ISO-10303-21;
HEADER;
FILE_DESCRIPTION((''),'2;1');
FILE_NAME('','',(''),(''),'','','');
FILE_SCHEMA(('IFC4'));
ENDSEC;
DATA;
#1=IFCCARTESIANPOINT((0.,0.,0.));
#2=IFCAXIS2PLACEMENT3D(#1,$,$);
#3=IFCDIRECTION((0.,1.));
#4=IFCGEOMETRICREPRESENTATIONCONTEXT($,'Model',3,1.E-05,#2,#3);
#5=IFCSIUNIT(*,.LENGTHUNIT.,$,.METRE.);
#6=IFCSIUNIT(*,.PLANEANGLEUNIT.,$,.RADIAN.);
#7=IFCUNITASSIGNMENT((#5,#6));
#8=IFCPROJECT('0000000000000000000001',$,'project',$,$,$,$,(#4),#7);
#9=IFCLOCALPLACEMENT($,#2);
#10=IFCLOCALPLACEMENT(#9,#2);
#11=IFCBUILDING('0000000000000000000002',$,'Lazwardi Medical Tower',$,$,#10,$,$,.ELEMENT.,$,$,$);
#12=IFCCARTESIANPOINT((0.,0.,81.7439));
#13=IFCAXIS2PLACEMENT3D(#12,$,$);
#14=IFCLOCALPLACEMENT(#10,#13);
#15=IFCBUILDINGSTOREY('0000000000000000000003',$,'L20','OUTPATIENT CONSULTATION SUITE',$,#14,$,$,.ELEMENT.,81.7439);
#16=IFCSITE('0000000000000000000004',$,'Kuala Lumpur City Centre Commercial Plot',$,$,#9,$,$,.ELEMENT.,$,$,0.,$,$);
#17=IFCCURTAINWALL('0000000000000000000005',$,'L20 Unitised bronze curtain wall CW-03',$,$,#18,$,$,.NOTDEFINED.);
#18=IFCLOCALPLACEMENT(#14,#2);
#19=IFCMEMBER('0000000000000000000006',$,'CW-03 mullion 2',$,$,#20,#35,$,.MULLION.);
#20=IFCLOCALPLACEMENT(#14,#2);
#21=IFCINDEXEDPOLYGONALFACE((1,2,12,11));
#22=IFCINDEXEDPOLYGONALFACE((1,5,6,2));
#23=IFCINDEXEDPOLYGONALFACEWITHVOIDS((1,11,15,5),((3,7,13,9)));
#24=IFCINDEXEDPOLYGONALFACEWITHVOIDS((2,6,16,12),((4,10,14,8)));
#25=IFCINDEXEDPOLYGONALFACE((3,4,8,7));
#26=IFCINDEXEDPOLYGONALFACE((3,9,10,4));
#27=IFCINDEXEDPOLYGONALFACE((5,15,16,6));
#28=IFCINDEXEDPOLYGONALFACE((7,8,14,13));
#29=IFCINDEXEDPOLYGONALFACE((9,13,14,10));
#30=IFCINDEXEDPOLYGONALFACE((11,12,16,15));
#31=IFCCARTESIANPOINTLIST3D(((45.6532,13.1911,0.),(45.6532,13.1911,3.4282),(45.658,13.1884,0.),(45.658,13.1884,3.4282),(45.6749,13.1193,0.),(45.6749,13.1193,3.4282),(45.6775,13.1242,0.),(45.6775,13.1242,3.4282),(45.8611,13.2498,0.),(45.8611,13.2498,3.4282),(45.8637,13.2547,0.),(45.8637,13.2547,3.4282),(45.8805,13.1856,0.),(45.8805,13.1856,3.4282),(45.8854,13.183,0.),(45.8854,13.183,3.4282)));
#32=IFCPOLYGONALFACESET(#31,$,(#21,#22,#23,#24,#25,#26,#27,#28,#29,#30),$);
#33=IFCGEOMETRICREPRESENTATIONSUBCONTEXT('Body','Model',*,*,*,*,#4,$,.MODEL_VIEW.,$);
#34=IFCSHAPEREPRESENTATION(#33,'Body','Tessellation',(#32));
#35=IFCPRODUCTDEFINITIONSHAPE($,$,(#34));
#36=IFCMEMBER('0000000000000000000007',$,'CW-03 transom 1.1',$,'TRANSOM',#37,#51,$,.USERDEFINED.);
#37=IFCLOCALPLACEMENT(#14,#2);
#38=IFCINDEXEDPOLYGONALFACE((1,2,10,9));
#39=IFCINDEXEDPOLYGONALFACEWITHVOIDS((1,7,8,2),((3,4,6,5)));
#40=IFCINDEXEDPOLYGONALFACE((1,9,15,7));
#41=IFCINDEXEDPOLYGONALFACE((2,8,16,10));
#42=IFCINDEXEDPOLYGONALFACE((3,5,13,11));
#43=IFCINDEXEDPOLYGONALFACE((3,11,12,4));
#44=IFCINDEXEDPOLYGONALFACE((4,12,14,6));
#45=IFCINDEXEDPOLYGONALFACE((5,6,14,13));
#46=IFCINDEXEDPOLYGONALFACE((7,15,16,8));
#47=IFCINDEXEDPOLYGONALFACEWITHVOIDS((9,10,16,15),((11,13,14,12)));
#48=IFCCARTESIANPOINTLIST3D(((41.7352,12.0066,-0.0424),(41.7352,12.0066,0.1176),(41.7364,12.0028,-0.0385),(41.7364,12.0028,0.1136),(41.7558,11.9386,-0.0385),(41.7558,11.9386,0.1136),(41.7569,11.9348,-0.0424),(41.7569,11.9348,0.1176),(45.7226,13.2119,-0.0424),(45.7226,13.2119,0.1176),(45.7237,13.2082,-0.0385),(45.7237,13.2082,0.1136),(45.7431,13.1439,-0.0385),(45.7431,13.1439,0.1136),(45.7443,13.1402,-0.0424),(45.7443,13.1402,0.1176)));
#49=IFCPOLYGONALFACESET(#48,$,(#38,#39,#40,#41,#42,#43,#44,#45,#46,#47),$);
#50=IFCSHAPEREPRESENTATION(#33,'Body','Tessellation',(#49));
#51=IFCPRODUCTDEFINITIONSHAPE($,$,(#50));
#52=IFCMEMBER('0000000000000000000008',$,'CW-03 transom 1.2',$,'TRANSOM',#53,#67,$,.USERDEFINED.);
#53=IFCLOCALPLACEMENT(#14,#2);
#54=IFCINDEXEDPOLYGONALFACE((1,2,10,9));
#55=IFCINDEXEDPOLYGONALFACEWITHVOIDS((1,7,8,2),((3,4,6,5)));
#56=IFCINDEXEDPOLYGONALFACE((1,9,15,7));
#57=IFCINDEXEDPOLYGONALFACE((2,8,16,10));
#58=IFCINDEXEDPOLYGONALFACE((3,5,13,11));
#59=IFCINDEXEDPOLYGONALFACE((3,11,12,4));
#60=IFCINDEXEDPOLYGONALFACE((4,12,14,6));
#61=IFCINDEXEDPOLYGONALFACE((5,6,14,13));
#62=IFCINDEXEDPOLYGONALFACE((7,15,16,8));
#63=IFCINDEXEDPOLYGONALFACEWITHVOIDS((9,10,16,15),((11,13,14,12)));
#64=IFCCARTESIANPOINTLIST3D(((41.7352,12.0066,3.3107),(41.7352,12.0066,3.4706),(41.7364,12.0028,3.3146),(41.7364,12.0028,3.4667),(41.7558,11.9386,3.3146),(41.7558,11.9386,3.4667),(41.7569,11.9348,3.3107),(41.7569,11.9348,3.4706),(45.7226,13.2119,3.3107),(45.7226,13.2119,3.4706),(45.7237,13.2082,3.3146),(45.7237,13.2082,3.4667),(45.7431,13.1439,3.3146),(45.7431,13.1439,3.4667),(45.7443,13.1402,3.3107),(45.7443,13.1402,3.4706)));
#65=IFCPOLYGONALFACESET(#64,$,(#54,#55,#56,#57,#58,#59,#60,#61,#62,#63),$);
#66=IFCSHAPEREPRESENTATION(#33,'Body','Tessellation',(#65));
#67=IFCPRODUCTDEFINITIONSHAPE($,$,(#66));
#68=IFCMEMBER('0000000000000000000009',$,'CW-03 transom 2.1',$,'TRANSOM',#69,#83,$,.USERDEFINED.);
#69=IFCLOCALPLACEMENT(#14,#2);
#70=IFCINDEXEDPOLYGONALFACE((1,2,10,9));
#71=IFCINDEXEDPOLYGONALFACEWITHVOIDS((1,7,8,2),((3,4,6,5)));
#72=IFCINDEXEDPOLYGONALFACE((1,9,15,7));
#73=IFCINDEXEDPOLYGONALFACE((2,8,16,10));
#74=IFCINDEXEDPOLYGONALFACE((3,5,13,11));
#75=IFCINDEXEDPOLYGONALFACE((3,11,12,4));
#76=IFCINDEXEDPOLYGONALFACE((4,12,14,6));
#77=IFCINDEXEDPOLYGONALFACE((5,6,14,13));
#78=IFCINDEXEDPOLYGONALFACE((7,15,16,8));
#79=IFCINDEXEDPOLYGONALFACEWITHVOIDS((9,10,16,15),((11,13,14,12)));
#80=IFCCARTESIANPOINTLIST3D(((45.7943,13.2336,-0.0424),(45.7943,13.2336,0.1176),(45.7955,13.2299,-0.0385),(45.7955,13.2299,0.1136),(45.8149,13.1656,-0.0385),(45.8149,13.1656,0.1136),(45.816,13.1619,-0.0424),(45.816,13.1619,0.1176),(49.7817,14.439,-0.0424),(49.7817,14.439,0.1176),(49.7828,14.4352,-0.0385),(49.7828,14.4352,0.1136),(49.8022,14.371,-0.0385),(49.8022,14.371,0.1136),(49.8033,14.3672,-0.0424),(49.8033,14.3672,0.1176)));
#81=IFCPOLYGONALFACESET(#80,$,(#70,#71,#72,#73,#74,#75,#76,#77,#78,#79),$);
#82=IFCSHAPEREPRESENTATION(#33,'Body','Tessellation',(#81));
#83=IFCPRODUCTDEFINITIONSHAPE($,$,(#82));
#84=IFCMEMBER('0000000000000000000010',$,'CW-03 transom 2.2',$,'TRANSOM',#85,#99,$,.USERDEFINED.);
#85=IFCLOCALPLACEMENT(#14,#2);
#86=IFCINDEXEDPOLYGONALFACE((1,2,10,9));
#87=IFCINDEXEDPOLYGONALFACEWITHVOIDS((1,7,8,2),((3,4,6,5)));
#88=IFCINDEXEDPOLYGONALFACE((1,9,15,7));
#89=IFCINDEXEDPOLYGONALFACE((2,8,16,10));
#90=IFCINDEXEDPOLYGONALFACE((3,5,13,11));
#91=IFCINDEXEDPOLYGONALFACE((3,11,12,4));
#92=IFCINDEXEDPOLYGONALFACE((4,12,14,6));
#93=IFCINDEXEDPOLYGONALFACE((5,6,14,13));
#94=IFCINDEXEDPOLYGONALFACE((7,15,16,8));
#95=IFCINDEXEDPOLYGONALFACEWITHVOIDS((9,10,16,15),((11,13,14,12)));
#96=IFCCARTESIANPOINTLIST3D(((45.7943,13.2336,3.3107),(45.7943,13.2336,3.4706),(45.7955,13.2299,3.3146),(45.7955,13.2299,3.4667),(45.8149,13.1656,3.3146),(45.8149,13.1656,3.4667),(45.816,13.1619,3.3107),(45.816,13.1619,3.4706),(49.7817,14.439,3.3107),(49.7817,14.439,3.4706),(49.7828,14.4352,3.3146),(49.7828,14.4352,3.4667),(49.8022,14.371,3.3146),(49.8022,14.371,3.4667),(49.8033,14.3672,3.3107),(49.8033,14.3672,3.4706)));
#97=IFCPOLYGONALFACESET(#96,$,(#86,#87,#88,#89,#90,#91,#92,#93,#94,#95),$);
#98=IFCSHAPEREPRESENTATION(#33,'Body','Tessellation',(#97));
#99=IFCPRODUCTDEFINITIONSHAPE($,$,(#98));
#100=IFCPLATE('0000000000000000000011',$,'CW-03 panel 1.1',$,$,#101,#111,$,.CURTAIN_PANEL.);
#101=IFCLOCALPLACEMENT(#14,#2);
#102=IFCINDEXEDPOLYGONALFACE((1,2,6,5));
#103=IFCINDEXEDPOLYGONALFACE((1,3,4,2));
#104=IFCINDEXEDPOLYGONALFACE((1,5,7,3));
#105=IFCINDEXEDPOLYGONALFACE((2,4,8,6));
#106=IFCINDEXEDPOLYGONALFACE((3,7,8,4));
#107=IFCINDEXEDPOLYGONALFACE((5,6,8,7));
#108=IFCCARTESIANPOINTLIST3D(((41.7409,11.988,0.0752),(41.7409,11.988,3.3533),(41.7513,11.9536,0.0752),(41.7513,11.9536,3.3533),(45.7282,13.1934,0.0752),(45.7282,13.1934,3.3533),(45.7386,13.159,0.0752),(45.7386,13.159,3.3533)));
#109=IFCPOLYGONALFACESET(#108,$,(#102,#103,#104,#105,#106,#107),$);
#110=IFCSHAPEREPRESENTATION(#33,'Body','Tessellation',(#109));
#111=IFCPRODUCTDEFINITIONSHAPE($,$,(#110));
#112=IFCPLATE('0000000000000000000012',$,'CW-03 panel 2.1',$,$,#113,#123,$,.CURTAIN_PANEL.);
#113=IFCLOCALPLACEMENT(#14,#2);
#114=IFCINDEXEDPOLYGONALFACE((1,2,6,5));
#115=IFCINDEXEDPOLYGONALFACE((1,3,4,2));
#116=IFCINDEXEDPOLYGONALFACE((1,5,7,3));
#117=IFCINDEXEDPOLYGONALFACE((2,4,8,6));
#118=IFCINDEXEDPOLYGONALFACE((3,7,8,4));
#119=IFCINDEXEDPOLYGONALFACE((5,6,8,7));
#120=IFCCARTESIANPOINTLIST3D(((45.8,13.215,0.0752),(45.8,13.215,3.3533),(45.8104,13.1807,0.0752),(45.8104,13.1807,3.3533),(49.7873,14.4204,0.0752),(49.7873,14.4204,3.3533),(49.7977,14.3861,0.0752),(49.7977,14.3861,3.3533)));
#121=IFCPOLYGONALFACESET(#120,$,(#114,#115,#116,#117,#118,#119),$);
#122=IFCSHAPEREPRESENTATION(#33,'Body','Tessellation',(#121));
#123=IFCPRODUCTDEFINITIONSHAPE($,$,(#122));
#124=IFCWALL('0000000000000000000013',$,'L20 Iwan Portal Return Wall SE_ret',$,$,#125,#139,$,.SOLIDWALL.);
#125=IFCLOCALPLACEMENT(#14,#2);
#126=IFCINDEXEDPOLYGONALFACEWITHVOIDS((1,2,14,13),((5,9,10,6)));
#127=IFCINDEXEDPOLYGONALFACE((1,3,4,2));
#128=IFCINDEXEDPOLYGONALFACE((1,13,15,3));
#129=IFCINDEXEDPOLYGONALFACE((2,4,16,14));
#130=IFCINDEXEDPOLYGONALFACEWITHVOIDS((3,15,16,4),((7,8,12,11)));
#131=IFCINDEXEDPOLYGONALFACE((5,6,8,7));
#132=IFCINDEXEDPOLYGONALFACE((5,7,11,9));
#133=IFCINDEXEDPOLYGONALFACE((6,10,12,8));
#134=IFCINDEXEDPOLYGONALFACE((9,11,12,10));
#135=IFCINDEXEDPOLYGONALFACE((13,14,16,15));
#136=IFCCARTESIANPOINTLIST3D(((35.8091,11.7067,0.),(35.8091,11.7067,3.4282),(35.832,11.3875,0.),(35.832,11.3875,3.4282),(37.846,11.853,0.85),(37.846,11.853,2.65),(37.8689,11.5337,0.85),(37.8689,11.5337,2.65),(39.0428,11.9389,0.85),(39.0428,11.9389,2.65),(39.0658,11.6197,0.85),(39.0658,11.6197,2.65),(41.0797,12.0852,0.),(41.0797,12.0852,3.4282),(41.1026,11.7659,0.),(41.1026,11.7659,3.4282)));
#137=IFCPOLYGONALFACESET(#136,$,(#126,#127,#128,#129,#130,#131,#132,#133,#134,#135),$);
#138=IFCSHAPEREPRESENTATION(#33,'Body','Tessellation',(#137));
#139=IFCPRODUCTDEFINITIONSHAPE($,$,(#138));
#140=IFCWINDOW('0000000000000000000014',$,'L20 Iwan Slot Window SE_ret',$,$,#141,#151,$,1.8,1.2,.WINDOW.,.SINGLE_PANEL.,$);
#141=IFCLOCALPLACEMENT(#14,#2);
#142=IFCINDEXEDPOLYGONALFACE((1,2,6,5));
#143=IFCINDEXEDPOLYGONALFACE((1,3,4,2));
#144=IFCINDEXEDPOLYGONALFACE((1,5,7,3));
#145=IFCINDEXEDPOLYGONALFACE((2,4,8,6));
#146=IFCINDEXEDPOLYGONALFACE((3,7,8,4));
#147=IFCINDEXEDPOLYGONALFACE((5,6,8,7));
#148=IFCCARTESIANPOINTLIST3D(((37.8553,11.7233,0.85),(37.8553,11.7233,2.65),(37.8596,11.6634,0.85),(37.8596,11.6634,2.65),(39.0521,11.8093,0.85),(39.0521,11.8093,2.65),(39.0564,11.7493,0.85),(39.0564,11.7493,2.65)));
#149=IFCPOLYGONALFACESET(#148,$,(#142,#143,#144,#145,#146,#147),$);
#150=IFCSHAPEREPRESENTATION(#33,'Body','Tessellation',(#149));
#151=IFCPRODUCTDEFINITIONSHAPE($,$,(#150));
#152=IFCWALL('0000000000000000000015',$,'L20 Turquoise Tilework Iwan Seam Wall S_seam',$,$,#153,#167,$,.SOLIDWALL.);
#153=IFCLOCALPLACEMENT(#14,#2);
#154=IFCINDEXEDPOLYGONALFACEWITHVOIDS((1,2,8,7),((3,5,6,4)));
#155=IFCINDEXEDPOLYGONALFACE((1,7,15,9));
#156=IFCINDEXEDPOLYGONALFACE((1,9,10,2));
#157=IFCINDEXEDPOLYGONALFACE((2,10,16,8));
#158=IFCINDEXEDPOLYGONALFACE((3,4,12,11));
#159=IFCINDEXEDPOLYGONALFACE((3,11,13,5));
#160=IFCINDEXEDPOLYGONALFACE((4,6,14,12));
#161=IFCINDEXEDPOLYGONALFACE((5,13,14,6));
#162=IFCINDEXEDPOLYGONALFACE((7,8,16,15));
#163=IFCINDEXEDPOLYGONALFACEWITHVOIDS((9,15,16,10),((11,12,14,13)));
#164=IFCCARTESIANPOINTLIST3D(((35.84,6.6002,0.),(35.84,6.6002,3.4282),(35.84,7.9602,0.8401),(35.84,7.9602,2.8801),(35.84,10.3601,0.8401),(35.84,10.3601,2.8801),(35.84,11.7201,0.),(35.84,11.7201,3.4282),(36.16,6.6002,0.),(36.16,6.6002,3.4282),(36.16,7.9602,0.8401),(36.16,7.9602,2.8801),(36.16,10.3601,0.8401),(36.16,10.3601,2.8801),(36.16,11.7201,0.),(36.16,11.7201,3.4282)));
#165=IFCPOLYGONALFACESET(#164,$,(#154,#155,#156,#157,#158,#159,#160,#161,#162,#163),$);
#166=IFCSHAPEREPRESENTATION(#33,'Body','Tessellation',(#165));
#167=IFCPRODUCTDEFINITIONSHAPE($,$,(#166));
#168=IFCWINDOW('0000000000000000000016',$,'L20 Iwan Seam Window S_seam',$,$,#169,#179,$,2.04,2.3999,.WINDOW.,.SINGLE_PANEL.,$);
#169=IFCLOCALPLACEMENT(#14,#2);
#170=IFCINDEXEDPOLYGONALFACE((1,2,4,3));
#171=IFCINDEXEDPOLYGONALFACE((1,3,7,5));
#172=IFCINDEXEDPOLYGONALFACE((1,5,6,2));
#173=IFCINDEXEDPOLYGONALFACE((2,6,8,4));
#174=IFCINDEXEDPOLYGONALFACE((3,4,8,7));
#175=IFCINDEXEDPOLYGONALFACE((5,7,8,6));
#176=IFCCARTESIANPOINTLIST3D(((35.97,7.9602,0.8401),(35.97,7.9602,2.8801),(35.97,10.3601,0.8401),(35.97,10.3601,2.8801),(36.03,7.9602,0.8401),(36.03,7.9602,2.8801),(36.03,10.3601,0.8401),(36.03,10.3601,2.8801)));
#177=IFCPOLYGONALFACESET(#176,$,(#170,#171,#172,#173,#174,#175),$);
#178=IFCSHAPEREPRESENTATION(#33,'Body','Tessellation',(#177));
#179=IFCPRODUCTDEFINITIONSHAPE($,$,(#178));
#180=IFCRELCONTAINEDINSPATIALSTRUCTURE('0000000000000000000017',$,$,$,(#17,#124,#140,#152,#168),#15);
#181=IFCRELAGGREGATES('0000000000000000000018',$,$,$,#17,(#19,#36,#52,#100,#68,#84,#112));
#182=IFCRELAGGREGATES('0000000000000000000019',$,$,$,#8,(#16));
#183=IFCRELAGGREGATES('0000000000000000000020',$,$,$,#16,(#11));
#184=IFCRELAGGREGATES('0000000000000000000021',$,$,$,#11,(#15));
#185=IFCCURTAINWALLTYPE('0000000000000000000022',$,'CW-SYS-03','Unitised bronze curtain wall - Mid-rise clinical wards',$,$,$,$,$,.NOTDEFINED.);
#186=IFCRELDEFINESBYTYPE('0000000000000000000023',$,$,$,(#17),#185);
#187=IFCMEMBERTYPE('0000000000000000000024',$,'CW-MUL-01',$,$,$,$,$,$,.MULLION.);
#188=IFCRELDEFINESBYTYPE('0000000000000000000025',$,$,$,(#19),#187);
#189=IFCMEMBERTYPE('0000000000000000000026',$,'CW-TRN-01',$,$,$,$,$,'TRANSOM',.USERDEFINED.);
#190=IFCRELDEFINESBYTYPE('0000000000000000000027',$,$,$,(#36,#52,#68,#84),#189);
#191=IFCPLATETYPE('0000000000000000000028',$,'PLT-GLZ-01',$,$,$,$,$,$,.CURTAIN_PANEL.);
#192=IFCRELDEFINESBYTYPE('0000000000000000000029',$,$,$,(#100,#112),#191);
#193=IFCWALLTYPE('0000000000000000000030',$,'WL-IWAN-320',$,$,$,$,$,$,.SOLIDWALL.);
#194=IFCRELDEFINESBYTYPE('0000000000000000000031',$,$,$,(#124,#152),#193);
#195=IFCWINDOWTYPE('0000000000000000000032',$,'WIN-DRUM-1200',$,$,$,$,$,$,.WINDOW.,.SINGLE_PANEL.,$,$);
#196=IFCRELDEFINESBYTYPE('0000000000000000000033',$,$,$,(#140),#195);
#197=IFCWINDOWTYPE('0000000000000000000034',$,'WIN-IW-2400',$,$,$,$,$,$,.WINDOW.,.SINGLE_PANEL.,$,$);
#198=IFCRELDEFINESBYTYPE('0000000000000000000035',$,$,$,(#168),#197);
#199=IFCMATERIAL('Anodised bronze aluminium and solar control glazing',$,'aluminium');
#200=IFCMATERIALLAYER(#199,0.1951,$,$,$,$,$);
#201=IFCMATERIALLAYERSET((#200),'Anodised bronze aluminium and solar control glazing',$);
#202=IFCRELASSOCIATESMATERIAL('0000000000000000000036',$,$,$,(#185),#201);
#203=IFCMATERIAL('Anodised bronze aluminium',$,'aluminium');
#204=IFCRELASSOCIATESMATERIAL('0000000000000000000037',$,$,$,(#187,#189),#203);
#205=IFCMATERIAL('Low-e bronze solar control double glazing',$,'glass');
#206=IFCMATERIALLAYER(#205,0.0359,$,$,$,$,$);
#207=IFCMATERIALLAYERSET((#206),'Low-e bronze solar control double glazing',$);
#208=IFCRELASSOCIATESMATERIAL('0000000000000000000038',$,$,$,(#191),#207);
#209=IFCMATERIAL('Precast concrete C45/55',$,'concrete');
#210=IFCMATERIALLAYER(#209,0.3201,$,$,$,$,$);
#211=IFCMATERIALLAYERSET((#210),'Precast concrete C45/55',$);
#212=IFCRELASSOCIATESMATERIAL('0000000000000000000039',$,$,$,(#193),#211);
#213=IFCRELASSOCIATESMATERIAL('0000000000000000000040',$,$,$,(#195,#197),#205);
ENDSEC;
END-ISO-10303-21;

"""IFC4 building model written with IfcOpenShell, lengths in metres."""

from ifc_helpers import new_model, si_unit, direction, frame, frame_2d, origin, origin_2d, place, context, subcontext, project, spatial, rectangle, hollow_rectangle, extrude, material, layer, layer_set, material_profile, profile_set, type_object, element, fill, aggregate, save


model = new_model("IFC4")

# Units and contexts
model_context = context("Model", 3, precision=1e-05, world=origin(), true_north=direction((0.0, 1.0)))
body_context = subcontext(model_context, "Body", "Model", "MODEL_VIEW")
ifc_project = project(units=[si_unit("LENGTHUNIT", "METRE"), si_unit("PLANEANGLEUNIT", "RADIAN")], contexts=[model_context])

# Site, building, storey
site_placement = place(None, origin())
site = spatial("IfcSite", under=ifc_project, at=site_placement, Name="Kuala Lumpur City Centre Commercial Plot", CompositionType="ELEMENT", RefElevation=0.0)
building_placement = place(site_placement, origin())
building = spatial("IfcBuilding", under=site, at=building_placement, Name="Lazwardi Medical Tower", CompositionType="ELEMENT")
storey_placement = place(building_placement, frame((0.0, 0.0, 81.7439)))
storey = spatial("IfcBuildingStorey", under=building, at=storey_placement, Name="L20", Description="OUTPATIENT CONSULTATION SUITE", CompositionType="ELEMENT", Elevation=81.7439)

# Curtain wall, members, plates
ifc_material_1 = material(Name="Anodised bronze aluminium and solar control glazing", Category="aluminium")
ifc_layer_1 = layer(ifc_material_1, 0.1951)
ifc_layer_set_1 = layer_set([ifc_layer_1], Name="Anodised bronze aluminium and solar control glazing")
curtain_wall_type = type_object("IfcCurtainWallType", Name="CW-SYS-03", Description="Unitised bronze curtain wall - Mid-rise clinical wards", PredefinedType="NOTDEFINED", material=ifc_layer_set_1)
curtain_wall_placement = place(storey_placement, origin())
curtain_wall = element("IfcCurtainWall", 1, at=curtain_wall_placement, inside=storey, type_object=curtain_wall_type, Name="L20 Unitised bronze curtain wall CW-03", PredefinedType="NOTDEFINED")
ifc_material_2 = material(Name="Anodised bronze aluminium", Category="aluminium")
ifc_material_profile_1 = material_profile(ifc_material_2, hollow_rectangle(XDim=0.075, YDim=0.22, WallThickness=0.0039, at=origin_2d()), Name="ALU-MULLION 220x75x4")
ifc_profile_set_1 = profile_set([ifc_material_profile_1], Name="Anodised bronze aluminium")
member_type_1 = type_object("IfcMemberType", Name="CW-MUL-01", PredefinedType="MULLION", material=ifc_profile_set_1)
member_1_placement = place(storey_placement, frame((45.7693, 13.187, 0.0), z_axis=(0.0, 0.0, 1.0), x_axis=(-0.289374, 0.957216, 0.0)))
member_1 = element("IfcMember", 2, at=member_1_placement, type_object=member_type_1, Name="CW-03 mullion 2", PredefinedType="MULLION", context=body_context, shape_type="SweptSolid", body=[
    extrude(hollow_rectangle(XDim=0.075, YDim=0.22, WallThickness=0.0039, at=origin_2d()), origin(), (0.0, 0.0, 1.0), 3.4282),
])
ifc_material_profile_2 = material_profile(ifc_material_2, hollow_rectangle(XDim=0.075, YDim=0.1599, WallThickness=0.0039, at=origin_2d()), Name="ALU-TRANSOM 160x75x4")
ifc_profile_set_2 = profile_set([ifc_material_profile_2], Name="Anodised bronze aluminium")
member_type_2 = type_object("IfcMemberType", Name="CW-TRN-01", ElementType="TRANSOM", PredefinedType="USERDEFINED", material=ifc_profile_set_2)
member_2_placement = place(storey_placement, frame((41.7461, 11.9707, 0.0376), z_axis=(0.957221, 0.289358, 0.0), x_axis=(-0.289358, 0.957221, 0.0)))
member_2 = element("IfcMember", 3, at=member_2_placement, type_object=member_type_2, Name="CW-03 transom 1.1", ObjectType="TRANSOM", PredefinedType="USERDEFINED", context=body_context, shape_type="SweptSolid", body=[
    extrude(hollow_rectangle(XDim=0.075, YDim=0.1599, WallThickness=0.0039, at=origin_2d()), origin(), (0.0, 0.0, 1.0), 4.1655),
])
member_3_placement = place(storey_placement, frame((41.7461, 11.9707, 3.3906), z_axis=(0.957221, 0.289358, 0.0), x_axis=(-0.289358, 0.957221, 0.0)))
member_3 = element("IfcMember", 4, at=member_3_placement, type_object=member_type_2, Name="CW-03 transom 1.2", ObjectType="TRANSOM", PredefinedType="USERDEFINED", context=body_context, shape_type="SweptSolid", body=[
    extrude(hollow_rectangle(XDim=0.075, YDim=0.1599, WallThickness=0.0039, at=origin_2d()), origin(), (0.0, 0.0, 1.0), 4.1655),
])
member_4_placement = place(storey_placement, frame((45.8052, 13.1978, 0.0376), z_axis=(0.957221, 0.289358, 0.0), x_axis=(-0.289358, 0.957221, 0.0)))
member_4 = element("IfcMember", 5, at=member_4_placement, type_object=member_type_2, Name="CW-03 transom 2.1", ObjectType="TRANSOM", PredefinedType="USERDEFINED", context=body_context, shape_type="SweptSolid", body=[
    extrude(hollow_rectangle(XDim=0.075, YDim=0.1599, WallThickness=0.0039, at=origin_2d()), origin(), (0.0, 0.0, 1.0), 4.1655),
])
member_5_placement = place(storey_placement, frame((45.8052, 13.1978, 3.3906), z_axis=(0.957221, 0.289358, 0.0), x_axis=(-0.289358, 0.957221, 0.0)))
member_5 = element("IfcMember", 6, at=member_5_placement, type_object=member_type_2, Name="CW-03 transom 2.2", ObjectType="TRANSOM", PredefinedType="USERDEFINED", context=body_context, shape_type="SweptSolid", body=[
    extrude(hollow_rectangle(XDim=0.075, YDim=0.1599, WallThickness=0.0039, at=origin_2d()), origin(), (0.0, 0.0, 1.0), 4.1655),
])
ifc_material_3 = material(Name="Low-e bronze solar control double glazing", Category="glass")
ifc_layer_2 = layer(ifc_material_3, 0.0359)
ifc_layer_set_2 = layer_set([ifc_layer_2], Name="Low-e bronze solar control double glazing")
plate_type = type_object("IfcPlateType", Name="PLT-GLZ-01", PredefinedType="CURTAIN_PANEL", material=ifc_layer_set_2)
plate_1_placement = place(storey_placement, frame((43.7397, 12.5735, 0.0752), z_axis=(0.0, 0.0, 1.0), x_axis=(0.957216, 0.289374, 0.0)))
plate_1 = element("IfcPlate", 7, at=plate_1_placement, type_object=plate_type, Name="CW-03 panel 1.1", PredefinedType="CURTAIN_PANEL", context=body_context, shape_type="SweptSolid", body=[
    extrude(rectangle(XDim=4.1655, YDim=0.0359, at=origin_2d()), origin(), (0.0, 0.0, 1.0), 3.2781),
])
plate_2_placement = place(storey_placement, frame((47.7988, 13.8005, 0.0752), z_axis=(0.0, 0.0, 1.0), x_axis=(0.957216, 0.289374, 0.0)))
plate_2 = element("IfcPlate", 8, at=plate_2_placement, type_object=plate_type, Name="CW-03 panel 2.1", PredefinedType="CURTAIN_PANEL", context=body_context, shape_type="SweptSolid", body=[
    extrude(rectangle(XDim=4.1655, YDim=0.0359, at=origin_2d()), origin(), (0.0, 0.0, 1.0), 3.2781),
])
aggregate(curtain_wall, [member_1, member_2, member_3, plate_1, member_4, member_5, plate_2])

# Walls, openings, windows
ifc_material_4 = material(Name="Precast concrete C45/55", Category="concrete")
ifc_layer_3 = layer(ifc_material_4, 0.3201)
ifc_layer_set_3 = layer_set([ifc_layer_3], Name="Precast concrete C45/55")
wall_type_1 = type_object("IfcWallType", Name="WL-IWAN-320", PredefinedType="SOLIDWALL", material=ifc_layer_set_3)
wall_1_placement = place(storey_placement, frame((35.8206, 11.5471, 0.0), z_axis=(0.0, 0.0, 1.0), x_axis=(0.997432, 0.071615, 0.0)))
wall_1 = element("IfcWall", 9, at=wall_1_placement, inside=storey, type_object=wall_type_1, Name="L20 Iwan Portal Return Wall SE_ret", PredefinedType="SOLIDWALL", context=body_context, shape_type="SweptSolid", body=[
    extrude(rectangle(XDim=5.2842, YDim=0.3201, at=frame_2d((2.6421, 0.0))), origin(), (0.0, 0.0, 1.0), 3.4282),
])
opening_1_placement = place(wall_1_placement, frame((2.042, 0.0, 0.8501)))
opening_1 = element("IfcOpeningElement", 10, at=opening_1_placement, cuts=wall_1, PredefinedType="OPENING", context=body_context, shape_type="SweptSolid", body=[
    extrude(rectangle(XDim=1.2, YDim=1.8, at=frame_2d((0.6001, 0.8999))), frame((0.0, 0.1699, 0.0), z_axis=(0.0, -1.0, 0.0), x_axis=(1.0, 0.0, 0.0)), (0.0, 0.0, 1.0), 0.3401),
])
window_type_1 = type_object("IfcWindowType", Name="WIN-DRUM-1200", PartitioningType="SINGLE_PANEL", PredefinedType="WINDOW", material=ifc_material_3)
window_1_placement = place(opening_1_placement, origin())
window_1 = element("IfcWindow", 11, at=window_1_placement, inside=storey, type_object=window_type_1, Name="L20 Iwan Slot Window SE_ret", OverallHeight=1.8, OverallWidth=1.2, PartitioningType="SINGLE_PANEL", PredefinedType="WINDOW", context=body_context, shape_type="SweptSolid", body=[
    extrude(rectangle(XDim=1.2, YDim=1.8, at=frame_2d((0.6001, 0.8999))), frame((0.0, 0.03, 0.0), z_axis=(0.0, -1.0, 0.0), x_axis=(1.0, 0.0, 0.0)), (0.0, 0.0, 1.0), 0.0601),
])
fill(opening_1, window_1)
wall_2_placement = place(storey_placement, frame((36.0, 6.6001, 0.0), z_axis=(0.0, 0.0, 1.0), x_axis=(0.0, 1.0, 0.0)))
wall_2 = element("IfcWall", 12, at=wall_2_placement, inside=storey, type_object=wall_type_1, Name="L20 Turquoise Tilework Iwan Seam Wall S_seam", PredefinedType="SOLIDWALL", context=body_context, shape_type="SweptSolid", body=[
    extrude(rectangle(XDim=5.1199, YDim=0.3201, at=frame_2d((2.5601, 0.0))), origin(), (0.0, 0.0, 1.0), 3.4282),
])
opening_2_placement = place(wall_2_placement, frame((1.3601, 0.0, 0.8401)))
opening_2 = element("IfcOpeningElement", 13, at=opening_2_placement, cuts=wall_2, PredefinedType="OPENING", context=body_context, shape_type="SweptSolid", body=[
    extrude(rectangle(XDim=2.3999, YDim=2.04, at=frame_2d((1.2, 1.02))), frame((0.0, 0.1699, 0.0), z_axis=(0.0, -1.0, 0.0), x_axis=(1.0, 0.0, 0.0)), (0.0, 0.0, 1.0), 0.3401),
])
window_type_2 = type_object("IfcWindowType", Name="WIN-IW-2400", PartitioningType="SINGLE_PANEL", PredefinedType="WINDOW", material=ifc_material_3)
window_2_placement = place(opening_2_placement, origin())
window_2 = element("IfcWindow", 14, at=window_2_placement, inside=storey, type_object=window_type_2, Name="L20 Iwan Seam Window S_seam", OverallHeight=2.04, OverallWidth=2.3999, PartitioningType="SINGLE_PANEL", PredefinedType="WINDOW", context=body_context, shape_type="SweptSolid", body=[
    extrude(rectangle(XDim=2.3999, YDim=2.04, at=frame_2d((1.2, 1.02))), frame((0.0, 0.03, 0.0), z_axis=(0.0, -1.0, 0.0), x_axis=(1.0, 0.0, 0.0)), (0.0, 0.0, 1.0), 0.0601),
])
fill(opening_2, window_2)

save(model, "model.ifc")
